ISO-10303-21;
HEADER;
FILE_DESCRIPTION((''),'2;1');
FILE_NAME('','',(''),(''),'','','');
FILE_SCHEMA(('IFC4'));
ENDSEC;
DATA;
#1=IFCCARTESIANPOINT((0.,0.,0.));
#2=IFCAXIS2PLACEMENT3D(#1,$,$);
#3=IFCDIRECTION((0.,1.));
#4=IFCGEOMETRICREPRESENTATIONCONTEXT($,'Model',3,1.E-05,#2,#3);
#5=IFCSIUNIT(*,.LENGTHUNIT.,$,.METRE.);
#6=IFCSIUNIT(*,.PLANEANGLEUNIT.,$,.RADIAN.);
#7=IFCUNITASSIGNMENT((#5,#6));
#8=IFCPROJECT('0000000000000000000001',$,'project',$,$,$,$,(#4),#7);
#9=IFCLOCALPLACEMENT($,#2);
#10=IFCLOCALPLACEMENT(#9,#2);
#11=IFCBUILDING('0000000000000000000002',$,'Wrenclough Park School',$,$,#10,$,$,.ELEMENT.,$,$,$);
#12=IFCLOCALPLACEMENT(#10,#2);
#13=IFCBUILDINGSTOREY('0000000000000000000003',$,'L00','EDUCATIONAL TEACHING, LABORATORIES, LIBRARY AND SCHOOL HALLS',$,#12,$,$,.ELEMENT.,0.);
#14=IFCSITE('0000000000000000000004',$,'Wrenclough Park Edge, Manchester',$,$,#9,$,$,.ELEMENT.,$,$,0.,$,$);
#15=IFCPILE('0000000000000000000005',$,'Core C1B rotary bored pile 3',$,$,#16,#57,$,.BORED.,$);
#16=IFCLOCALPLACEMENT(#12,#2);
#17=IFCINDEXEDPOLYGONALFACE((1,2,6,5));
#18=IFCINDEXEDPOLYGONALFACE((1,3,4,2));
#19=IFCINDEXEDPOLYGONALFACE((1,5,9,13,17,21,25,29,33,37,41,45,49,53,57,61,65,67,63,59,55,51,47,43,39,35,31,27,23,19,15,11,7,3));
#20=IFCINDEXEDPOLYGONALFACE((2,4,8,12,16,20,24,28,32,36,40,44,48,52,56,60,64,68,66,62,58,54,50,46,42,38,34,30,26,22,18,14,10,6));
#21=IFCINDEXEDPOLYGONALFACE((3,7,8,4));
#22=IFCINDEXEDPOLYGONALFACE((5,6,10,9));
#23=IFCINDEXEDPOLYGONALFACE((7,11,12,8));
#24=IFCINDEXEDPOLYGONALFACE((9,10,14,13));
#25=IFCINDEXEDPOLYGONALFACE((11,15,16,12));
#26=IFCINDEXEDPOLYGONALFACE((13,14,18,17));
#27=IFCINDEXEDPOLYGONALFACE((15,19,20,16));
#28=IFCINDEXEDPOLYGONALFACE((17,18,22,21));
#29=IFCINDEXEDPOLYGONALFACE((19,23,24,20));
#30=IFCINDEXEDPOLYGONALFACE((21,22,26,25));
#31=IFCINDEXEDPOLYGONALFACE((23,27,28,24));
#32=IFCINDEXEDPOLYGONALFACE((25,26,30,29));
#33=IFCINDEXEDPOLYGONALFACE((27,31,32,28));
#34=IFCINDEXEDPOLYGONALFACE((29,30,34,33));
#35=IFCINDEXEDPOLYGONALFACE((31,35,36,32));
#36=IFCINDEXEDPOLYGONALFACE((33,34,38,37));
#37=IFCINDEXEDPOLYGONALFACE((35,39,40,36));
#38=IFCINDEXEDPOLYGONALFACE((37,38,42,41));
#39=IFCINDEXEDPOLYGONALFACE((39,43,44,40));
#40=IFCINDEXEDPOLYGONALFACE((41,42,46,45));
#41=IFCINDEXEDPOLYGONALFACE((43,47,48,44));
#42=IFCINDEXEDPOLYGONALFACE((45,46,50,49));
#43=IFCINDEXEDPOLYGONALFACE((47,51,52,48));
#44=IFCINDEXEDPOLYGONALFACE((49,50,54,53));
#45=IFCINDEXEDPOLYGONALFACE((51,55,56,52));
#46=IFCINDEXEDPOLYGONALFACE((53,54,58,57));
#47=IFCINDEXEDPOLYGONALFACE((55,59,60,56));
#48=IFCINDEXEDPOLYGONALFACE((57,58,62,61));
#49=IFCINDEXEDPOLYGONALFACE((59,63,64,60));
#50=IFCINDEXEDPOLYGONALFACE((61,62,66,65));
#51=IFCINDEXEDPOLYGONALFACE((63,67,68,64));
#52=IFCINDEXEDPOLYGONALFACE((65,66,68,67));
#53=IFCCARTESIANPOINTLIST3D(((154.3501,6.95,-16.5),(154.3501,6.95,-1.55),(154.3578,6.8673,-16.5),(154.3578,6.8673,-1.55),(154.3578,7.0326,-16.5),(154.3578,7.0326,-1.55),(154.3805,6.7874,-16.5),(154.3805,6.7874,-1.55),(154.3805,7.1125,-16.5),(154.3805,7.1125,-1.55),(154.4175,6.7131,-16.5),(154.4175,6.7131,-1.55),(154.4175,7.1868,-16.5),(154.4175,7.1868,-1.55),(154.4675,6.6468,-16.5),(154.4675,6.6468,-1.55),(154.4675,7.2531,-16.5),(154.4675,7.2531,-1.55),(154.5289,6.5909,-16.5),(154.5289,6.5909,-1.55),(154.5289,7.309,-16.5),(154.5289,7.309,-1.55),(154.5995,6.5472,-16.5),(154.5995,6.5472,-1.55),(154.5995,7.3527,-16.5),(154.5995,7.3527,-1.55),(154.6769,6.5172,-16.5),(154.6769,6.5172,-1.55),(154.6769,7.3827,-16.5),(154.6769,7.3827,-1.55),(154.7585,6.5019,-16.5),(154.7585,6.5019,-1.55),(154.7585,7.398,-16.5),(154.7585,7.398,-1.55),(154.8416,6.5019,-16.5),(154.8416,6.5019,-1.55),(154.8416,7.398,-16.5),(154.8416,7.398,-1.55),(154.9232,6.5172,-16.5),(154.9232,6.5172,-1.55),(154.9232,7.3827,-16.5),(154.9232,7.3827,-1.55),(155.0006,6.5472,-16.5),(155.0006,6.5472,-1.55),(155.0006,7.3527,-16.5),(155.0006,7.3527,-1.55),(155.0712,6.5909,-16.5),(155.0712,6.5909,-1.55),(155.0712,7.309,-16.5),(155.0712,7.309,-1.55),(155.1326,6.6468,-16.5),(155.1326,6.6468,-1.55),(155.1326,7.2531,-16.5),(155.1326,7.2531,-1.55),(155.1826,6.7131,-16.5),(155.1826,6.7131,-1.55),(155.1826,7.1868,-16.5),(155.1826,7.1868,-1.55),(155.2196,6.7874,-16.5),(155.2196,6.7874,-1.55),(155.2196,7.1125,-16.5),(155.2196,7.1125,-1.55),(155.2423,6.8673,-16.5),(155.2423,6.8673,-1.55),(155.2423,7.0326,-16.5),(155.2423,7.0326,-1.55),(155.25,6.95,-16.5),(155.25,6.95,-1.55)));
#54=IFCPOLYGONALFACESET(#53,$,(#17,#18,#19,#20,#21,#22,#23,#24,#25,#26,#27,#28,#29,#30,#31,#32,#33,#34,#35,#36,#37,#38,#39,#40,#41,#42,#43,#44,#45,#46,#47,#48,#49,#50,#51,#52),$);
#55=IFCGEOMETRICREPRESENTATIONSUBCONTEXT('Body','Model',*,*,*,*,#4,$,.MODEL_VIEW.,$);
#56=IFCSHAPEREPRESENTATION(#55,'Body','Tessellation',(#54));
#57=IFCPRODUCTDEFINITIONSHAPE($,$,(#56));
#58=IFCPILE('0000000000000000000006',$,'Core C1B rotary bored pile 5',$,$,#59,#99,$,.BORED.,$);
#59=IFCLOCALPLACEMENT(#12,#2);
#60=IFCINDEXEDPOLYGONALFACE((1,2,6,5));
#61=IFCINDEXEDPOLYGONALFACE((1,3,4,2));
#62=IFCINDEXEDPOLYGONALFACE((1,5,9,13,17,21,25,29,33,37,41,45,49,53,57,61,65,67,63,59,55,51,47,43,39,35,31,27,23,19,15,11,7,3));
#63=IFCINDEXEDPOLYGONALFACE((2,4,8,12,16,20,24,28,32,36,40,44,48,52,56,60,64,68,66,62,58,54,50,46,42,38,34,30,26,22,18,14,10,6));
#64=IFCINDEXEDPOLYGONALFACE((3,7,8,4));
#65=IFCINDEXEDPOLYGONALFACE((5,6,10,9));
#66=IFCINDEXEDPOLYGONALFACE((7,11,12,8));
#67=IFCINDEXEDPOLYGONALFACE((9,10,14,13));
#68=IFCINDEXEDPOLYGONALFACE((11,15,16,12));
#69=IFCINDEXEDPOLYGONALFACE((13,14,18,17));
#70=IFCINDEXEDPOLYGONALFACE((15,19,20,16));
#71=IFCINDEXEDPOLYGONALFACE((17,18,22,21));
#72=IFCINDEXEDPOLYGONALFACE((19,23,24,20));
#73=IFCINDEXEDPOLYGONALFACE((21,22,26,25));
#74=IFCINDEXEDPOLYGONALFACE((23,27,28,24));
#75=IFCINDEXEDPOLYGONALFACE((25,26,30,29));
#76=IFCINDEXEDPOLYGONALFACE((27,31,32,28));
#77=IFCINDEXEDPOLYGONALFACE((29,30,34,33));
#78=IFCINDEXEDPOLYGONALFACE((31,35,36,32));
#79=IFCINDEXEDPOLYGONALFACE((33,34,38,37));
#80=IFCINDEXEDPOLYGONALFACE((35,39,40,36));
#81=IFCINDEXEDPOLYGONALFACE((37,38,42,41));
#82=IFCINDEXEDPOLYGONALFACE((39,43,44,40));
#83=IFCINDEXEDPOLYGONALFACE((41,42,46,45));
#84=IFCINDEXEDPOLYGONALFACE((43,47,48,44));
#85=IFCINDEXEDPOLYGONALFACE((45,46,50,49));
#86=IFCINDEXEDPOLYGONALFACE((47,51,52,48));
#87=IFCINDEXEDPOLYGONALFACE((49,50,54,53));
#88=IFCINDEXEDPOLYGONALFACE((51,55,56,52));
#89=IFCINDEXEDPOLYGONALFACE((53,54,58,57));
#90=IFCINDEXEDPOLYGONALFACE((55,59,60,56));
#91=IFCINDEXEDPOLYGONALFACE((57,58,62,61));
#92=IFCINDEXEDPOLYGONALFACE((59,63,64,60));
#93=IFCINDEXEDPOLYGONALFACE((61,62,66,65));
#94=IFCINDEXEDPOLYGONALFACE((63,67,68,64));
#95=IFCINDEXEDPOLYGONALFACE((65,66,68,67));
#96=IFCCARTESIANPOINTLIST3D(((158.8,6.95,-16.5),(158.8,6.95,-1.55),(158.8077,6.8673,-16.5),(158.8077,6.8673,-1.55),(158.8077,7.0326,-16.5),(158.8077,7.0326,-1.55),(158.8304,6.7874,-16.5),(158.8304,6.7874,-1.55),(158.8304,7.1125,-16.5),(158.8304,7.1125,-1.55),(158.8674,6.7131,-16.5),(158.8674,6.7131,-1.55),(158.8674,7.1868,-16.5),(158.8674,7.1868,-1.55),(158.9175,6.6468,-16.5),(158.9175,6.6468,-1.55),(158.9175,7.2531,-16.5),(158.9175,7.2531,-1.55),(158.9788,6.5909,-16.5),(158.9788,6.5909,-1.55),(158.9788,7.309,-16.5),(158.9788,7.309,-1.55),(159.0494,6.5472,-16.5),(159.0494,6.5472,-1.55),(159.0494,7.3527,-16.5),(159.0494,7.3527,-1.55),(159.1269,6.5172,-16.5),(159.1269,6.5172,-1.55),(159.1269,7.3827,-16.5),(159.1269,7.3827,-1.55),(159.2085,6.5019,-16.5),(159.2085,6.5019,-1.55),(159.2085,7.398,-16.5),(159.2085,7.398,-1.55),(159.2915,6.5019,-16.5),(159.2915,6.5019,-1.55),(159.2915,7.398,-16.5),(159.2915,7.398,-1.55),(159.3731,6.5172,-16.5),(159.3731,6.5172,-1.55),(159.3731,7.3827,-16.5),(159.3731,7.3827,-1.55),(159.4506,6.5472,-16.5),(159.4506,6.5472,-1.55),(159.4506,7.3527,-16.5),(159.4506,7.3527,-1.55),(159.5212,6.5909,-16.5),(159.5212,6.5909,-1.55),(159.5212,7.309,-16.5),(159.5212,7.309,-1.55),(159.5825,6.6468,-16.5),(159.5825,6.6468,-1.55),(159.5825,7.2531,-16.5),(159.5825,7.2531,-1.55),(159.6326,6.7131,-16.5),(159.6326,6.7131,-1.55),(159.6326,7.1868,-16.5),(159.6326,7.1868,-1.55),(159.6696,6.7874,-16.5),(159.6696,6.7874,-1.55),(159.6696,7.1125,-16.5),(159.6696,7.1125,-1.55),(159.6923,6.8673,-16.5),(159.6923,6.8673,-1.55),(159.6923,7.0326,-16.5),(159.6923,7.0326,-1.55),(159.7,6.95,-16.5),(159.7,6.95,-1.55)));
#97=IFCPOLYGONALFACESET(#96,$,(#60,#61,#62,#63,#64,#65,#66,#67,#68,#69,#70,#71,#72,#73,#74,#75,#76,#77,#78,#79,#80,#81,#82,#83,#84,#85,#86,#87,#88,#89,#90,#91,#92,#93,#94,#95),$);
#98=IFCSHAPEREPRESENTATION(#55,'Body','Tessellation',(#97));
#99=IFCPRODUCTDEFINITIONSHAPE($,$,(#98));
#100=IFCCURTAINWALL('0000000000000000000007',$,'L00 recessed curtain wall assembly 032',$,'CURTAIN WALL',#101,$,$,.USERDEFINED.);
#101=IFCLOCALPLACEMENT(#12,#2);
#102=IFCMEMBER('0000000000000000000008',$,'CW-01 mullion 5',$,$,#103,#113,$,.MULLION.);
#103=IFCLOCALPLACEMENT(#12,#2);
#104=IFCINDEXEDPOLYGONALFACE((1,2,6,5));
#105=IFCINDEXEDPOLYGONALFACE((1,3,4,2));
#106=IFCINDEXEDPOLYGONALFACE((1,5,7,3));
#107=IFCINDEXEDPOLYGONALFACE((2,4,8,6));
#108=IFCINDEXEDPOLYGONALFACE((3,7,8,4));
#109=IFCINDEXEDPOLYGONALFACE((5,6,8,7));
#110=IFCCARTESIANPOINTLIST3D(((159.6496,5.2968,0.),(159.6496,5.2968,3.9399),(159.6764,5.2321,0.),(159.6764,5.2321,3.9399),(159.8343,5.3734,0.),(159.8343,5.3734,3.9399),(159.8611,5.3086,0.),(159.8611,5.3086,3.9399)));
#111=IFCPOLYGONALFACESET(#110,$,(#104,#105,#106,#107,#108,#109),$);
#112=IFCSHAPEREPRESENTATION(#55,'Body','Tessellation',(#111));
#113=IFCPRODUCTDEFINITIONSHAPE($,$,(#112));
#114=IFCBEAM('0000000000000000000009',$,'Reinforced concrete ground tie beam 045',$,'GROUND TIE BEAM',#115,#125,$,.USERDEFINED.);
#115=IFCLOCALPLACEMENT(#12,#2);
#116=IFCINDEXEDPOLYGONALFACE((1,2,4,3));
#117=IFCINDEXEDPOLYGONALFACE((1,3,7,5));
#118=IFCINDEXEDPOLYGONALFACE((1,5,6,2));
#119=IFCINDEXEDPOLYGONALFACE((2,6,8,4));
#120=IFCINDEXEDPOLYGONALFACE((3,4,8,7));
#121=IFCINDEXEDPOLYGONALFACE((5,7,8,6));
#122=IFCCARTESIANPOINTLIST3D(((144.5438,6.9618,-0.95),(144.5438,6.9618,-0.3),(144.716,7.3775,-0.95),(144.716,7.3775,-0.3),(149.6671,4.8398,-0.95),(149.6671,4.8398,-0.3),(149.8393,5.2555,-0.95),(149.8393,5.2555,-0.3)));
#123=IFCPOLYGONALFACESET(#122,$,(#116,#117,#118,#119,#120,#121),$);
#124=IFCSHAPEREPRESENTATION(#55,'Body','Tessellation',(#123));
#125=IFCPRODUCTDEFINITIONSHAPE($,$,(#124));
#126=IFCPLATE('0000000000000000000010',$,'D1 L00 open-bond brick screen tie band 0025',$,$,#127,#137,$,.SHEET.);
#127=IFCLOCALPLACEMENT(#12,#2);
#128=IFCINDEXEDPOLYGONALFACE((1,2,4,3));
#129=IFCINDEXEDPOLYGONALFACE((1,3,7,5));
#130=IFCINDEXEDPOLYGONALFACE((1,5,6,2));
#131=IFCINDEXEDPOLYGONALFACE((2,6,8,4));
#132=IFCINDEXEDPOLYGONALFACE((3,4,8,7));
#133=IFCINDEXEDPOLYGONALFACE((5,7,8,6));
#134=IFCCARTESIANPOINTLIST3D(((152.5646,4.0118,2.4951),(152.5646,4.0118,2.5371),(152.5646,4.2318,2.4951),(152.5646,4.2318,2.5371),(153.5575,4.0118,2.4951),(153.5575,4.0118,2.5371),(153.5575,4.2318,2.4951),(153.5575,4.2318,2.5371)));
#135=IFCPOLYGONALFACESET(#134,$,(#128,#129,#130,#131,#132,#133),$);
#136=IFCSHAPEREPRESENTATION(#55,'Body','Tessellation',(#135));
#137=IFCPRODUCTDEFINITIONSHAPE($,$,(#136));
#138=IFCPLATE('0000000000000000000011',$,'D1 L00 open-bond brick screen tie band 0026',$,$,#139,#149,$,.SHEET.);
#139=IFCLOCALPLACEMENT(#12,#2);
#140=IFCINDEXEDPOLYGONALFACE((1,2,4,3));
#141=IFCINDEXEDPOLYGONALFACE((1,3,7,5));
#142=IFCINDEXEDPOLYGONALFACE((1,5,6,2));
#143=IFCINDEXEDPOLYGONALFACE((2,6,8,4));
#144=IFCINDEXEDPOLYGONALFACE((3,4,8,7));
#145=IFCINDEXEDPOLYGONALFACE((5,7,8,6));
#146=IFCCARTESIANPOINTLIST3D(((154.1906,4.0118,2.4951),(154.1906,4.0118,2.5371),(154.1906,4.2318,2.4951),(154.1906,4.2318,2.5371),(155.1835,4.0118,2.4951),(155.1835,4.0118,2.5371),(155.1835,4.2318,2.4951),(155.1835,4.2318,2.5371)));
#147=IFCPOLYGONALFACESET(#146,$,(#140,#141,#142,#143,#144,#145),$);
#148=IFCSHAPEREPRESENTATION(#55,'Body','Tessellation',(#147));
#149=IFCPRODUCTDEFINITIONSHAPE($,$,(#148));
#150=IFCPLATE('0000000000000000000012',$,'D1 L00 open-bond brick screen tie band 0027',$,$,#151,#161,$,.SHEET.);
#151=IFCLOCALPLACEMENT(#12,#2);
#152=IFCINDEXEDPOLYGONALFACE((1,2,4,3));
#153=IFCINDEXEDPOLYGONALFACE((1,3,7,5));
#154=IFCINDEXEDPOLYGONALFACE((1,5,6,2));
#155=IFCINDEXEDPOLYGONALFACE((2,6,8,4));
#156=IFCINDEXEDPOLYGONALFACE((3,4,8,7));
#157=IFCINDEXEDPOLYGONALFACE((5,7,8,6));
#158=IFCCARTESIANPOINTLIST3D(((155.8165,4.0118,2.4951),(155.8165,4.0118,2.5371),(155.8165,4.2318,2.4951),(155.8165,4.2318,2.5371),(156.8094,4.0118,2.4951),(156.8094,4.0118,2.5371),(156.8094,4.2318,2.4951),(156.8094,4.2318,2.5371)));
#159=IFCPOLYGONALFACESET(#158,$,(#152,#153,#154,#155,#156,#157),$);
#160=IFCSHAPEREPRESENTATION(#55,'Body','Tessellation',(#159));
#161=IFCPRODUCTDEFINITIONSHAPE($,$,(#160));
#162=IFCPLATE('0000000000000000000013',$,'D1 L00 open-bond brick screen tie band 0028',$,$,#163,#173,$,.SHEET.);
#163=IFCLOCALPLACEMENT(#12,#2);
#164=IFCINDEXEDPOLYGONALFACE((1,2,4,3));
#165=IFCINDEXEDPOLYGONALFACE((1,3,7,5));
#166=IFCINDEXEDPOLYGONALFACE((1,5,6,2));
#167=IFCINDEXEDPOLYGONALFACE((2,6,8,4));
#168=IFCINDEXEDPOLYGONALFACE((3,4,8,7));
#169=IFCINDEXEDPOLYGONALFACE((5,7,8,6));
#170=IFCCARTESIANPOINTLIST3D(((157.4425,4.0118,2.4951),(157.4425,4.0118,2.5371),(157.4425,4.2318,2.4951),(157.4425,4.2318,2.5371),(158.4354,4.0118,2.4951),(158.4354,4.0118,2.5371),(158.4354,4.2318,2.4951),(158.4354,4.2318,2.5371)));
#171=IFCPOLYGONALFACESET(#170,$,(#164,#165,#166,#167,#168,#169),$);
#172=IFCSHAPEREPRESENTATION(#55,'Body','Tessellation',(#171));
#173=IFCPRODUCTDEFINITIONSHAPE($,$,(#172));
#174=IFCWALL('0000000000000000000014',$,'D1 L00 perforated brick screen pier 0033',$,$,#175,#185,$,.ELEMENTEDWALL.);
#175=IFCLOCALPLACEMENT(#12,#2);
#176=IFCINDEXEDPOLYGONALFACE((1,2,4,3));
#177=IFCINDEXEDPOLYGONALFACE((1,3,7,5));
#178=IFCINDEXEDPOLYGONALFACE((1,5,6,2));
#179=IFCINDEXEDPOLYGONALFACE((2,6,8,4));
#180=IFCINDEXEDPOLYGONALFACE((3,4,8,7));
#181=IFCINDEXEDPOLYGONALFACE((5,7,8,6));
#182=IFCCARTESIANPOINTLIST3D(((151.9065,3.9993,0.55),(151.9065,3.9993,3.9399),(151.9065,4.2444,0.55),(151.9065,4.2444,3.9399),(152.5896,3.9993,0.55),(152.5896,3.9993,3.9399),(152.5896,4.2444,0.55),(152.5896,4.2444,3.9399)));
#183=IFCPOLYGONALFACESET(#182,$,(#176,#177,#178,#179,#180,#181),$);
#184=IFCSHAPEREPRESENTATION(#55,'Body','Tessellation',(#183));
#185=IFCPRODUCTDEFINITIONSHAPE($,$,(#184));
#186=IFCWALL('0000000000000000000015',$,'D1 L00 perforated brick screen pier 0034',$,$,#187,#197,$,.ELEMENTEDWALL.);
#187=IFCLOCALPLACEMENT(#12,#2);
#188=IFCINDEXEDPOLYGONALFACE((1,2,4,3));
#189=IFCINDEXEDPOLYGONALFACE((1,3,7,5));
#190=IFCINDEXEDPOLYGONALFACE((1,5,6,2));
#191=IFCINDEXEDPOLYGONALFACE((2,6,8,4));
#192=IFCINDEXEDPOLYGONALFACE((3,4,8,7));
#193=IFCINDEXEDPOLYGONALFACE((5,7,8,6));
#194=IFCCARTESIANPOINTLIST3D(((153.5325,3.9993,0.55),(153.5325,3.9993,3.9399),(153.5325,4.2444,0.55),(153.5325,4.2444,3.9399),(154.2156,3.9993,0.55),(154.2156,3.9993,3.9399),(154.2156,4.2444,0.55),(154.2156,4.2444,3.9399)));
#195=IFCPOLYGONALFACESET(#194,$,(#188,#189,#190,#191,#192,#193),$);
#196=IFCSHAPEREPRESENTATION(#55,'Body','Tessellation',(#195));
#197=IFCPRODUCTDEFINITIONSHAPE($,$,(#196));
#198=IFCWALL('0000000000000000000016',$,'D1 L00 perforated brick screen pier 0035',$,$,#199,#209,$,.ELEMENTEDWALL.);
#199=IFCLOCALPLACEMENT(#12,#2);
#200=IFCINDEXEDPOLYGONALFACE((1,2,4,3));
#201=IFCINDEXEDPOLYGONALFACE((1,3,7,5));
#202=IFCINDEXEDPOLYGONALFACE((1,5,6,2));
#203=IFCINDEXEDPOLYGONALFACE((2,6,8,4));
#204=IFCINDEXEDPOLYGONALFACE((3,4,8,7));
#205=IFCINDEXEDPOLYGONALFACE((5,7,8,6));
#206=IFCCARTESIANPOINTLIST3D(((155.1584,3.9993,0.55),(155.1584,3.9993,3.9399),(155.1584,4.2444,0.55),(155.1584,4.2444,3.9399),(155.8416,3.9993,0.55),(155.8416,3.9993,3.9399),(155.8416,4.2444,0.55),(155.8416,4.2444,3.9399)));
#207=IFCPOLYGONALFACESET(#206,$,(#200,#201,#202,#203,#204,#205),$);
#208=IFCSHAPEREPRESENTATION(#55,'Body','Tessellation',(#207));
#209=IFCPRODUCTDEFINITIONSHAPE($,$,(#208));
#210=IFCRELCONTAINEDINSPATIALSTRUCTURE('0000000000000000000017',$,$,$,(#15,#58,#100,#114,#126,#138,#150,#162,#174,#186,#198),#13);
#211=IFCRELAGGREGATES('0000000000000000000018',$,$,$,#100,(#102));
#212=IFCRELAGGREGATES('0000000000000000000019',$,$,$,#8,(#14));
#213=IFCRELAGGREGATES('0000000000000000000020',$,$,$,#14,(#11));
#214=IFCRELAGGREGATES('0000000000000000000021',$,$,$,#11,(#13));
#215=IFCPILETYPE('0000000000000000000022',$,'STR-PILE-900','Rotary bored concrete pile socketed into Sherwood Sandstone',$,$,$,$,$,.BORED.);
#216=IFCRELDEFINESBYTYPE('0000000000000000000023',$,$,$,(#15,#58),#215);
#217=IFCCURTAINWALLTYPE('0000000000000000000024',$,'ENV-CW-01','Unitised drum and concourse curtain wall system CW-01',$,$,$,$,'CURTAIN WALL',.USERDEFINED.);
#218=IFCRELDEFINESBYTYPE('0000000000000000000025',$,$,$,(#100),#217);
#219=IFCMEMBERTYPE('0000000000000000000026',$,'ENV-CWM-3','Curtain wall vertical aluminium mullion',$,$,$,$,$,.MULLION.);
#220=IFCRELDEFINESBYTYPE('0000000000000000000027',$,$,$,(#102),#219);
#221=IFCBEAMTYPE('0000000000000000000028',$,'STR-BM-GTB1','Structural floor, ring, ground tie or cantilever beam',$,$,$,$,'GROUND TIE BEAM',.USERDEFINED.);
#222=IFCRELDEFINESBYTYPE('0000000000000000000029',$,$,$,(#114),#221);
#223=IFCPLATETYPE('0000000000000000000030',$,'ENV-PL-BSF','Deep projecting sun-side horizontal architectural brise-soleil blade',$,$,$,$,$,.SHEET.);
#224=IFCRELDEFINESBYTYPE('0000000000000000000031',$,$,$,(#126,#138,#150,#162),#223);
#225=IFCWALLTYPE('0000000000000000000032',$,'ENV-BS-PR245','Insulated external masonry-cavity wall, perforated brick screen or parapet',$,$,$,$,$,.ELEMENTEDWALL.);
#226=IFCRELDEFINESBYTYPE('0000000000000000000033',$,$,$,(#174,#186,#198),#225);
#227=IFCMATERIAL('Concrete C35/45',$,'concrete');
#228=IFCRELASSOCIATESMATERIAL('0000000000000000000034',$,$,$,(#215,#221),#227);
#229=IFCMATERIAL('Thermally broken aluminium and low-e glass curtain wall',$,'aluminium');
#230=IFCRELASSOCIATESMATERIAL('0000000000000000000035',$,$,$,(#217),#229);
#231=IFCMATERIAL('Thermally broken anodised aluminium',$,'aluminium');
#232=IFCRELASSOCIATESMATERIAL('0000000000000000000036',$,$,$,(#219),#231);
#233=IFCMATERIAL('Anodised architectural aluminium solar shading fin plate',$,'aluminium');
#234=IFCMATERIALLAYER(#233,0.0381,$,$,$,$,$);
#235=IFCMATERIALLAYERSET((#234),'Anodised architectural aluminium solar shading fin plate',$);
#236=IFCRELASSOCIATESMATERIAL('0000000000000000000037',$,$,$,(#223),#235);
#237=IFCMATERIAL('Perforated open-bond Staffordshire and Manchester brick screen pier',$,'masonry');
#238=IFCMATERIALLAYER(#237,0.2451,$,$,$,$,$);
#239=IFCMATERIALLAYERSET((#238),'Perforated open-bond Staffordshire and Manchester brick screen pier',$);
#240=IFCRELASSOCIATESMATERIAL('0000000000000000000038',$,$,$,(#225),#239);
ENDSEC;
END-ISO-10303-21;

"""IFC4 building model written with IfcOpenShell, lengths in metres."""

from ifc_helpers import new_model, si_unit, direction, frame, frame_2d, origin, origin_2d, place, context, subcontext, project, spatial, rectangle, circle, extrude, material, layer, layer_set, material_profile, profile_set, type_object, element, aggregate, save


model = new_model("IFC4")

# Units and contexts
model_context = context("Model", 3, precision=1e-05, world=origin(), true_north=direction((0.0, 1.0)))
body_context = subcontext(model_context, "Body", "Model", "MODEL_VIEW")
ifc_project = project(units=[si_unit("LENGTHUNIT", "METRE"), si_unit("PLANEANGLEUNIT", "RADIAN")], contexts=[model_context])

# Site, building, storey
site_placement = place(None, origin())
site = spatial("IfcSite", under=ifc_project, at=site_placement, Name="Wrenclough Park Edge, Manchester", CompositionType="ELEMENT", RefElevation=0.0)
building_placement = place(site_placement, origin())
building = spatial("IfcBuilding", under=site, at=building_placement, Name="Wrenclough Park School", CompositionType="ELEMENT")
storey_placement = place(building_placement, origin())
storey = spatial("IfcBuildingStorey", under=building, at=storey_placement, Name="L00", Description="EDUCATIONAL TEACHING, LABORATORIES, LIBRARY AND SCHOOL HALLS", CompositionType="ELEMENT", Elevation=0.0)

# Shared definitions
ifc_material_1 = material(Name="Concrete C35/45", Category="concrete")

# Piles
ifc_material_profile_1 = material_profile(ifc_material_1, circle(Radius=0.45, at=origin_2d()), Name="BORED PILE D900")
ifc_profile_set_1 = profile_set([ifc_material_profile_1], Name="Concrete C35/45")
pile_type_1 = type_object("IfcPileType", Name="STR-PILE-900", Description="Rotary bored concrete pile socketed into Sherwood Sandstone", PredefinedType="BORED", material=ifc_profile_set_1)
for number, where, z_axis, x_axis, name in (
    (1, (154.8, 6.95, -1.55), (0.0, 0.0, -1.0), (1.0, 0.0, 0.0), "Core C1B rotary bored pile 3"),
    (2, (159.25, 6.95, -1.55), (0.0, 0.0, -1.0), (1.0, 0.0, 0.0), "Core C1B rotary bored pile 5"),
):
    element("IfcPile", number, at=place(storey_placement, frame(where, z_axis=z_axis, x_axis=x_axis)), inside=storey, type_object=pile_type_1, Name=name, PredefinedType="BORED", context=body_context, shape_type="SweptSolid", body=[
        extrude(circle(Radius=0.45, at=origin_2d()), origin(), (0.0, 0.0, 1.0), 14.95),
    ])

# Curtain wall, member
ifc_material_2 = material(Name="Thermally broken aluminium and low-e glass curtain wall", Category="aluminium")
curtain_wall_type = type_object("IfcCurtainWallType", Name="ENV-CW-01", Description="Unitised drum and concourse curtain wall system CW-01", ElementType="CURTAIN WALL", PredefinedType="USERDEFINED", material=ifc_material_2)
curtain_wall_placement = place(storey_placement, origin())
curtain_wall = element("IfcCurtainWall", 3, at=curtain_wall_placement, inside=storey, type_object=curtain_wall_type, Name="L00 recessed curtain wall assembly 032", ObjectType="CURTAIN WALL", PredefinedType="USERDEFINED")
ifc_material_3 = material(Name="Thermally broken anodised aluminium", Category="aluminium")
ifc_material_profile_2 = material_profile(ifc_material_3, rectangle(XDim=0.0701, YDim=0.2, at=origin_2d()), Name="AL MULLION 70x200")
ifc_profile_set_2 = profile_set([ifc_material_profile_2], Name="Thermally broken anodised aluminium")
member_type = type_object("IfcMemberType", Name="ENV-CWM-3", Description="Curtain wall vertical aluminium mullion", PredefinedType="MULLION", material=ifc_profile_set_2)
member_placement = place(storey_placement, frame((159.7554, 5.3027, 0.0), z_axis=(0.0, 0.0, 1.0), x_axis=(0.382687, -0.923878, 0.0)))
member = element("IfcMember", 4, at=member_placement, type_object=member_type, Name="CW-01 mullion 5", PredefinedType="MULLION", context=body_context, shape_type="SweptSolid", body=[
    extrude(rectangle(XDim=0.0701, YDim=0.2, at=origin_2d()), origin(), (0.0, 0.0, 1.0), 3.9399),
])
aggregate(curtain_wall, [member])

# Beam
ifc_material_profile_3 = material_profile(ifc_material_1, rectangle(XDim=0.45, YDim=0.6499, at=origin_2d()), Name="RC GROUND 450x650")
ifc_profile_set_3 = profile_set([ifc_material_profile_3], Name="Concrete C35/45")
beam_type = type_object("IfcBeamType", Name="STR-BM-GTB1", Description="Structural floor, ring, ground tie or cantilever beam", ElementType="GROUND TIE BEAM", PredefinedType="USERDEFINED", material=ifc_profile_set_3)
beam_placement = place(storey_placement, frame((149.7532, 5.0476, -0.625), z_axis=(-0.923884, 0.382673, 0.0), x_axis=(-0.382673, -0.923884, 0.0)))
element("IfcBeam", 5, at=beam_placement, inside=storey, type_object=beam_type, Name="Reinforced concrete ground tie beam 045", ObjectType="GROUND TIE BEAM", PredefinedType="USERDEFINED", context=body_context, shape_type="SweptSolid", body=[
    extrude(rectangle(XDim=0.45, YDim=0.6499, at=origin_2d()), origin(), (0.0, 0.0, 1.0), 5.5454),
])

# Plates
ifc_material_4 = material(Name="Anodised architectural aluminium solar shading fin plate", Category="aluminium")
ifc_layer_1 = layer(ifc_material_4, 0.0381)
ifc_layer_set_1 = layer_set([ifc_layer_1], Name="Anodised architectural aluminium solar shading fin plate")
plate_type = type_object("IfcPlateType", Name="ENV-PL-BSF", Description="Deep projecting sun-side horizontal architectural brise-soleil blade", PredefinedType="SHEET", material=ifc_layer_set_1)
for number, where, z_axis, x_axis, name in (
    (6, (153.061, 4.1218, 2.4951), (0.0, 0.0, 1.0), (1.0, 0.0, 0.0), "D1 L00 open-bond brick screen tie band 0025"),
    (7, (154.687, 4.1218, 2.4951), (0.0, 0.0, 1.0), (1.0, 0.0, 0.0), "D1 L00 open-bond brick screen tie band 0026"),
    (8, (156.313, 4.1218, 2.4951), (0.0, 0.0, 1.0), (1.0, 0.0, 0.0), "D1 L00 open-bond brick screen tie band 0027"),
    (9, (157.939, 4.1218, 2.4951), (0.0, 0.0, 1.0), (1.0, 0.0, 0.0), "D1 L00 open-bond brick screen tie band 0028"),
):
    element("IfcPlate", number, at=place(storey_placement, frame(where, z_axis=z_axis, x_axis=x_axis)), inside=storey, type_object=plate_type, Name=name, PredefinedType="SHEET", context=body_context, shape_type="SweptSolid", body=[
        extrude(rectangle(XDim=0.9929, YDim=0.22, at=origin_2d()), origin(), (0.0, 0.0, 1.0), 0.042),
    ])

# Walls
ifc_material_5 = material(Name="Perforated open-bond Staffordshire and Manchester brick screen pier", Category="masonry")
ifc_layer_2 = layer(ifc_material_5, 0.2451)
ifc_layer_set_2 = layer_set([ifc_layer_2], Name="Perforated open-bond Staffordshire and Manchester brick screen pier")
wall_type_1 = type_object("IfcWallType", Name="ENV-BS-PR245", Description="Insulated external masonry-cavity wall, perforated brick screen or parapet", PredefinedType="ELEMENTEDWALL", material=ifc_layer_set_2)
for number, where, z_axis, x_axis, name in (
    (10, (151.9065, 4.1218, 0.55), (0.0, 0.0, 1.0), (1.0, 0.0, 0.0), "D1 L00 perforated brick screen pier 0033"),
    (11, (153.5325, 4.1218, 0.55), (0.0, 0.0, 1.0), (1.0, 0.0, 0.0), "D1 L00 perforated brick screen pier 0034"),
    (12, (155.1584, 4.1218, 0.55), (0.0, 0.0, 1.0), (1.0, 0.0, 0.0), "D1 L00 perforated brick screen pier 0035"),
):
    element("IfcWall", number, at=place(storey_placement, frame(where, z_axis=z_axis, x_axis=x_axis)), inside=storey, type_object=wall_type_1, Name=name, PredefinedType="ELEMENTEDWALL", context=body_context, shape_type="SweptSolid", body=[
        extrude(rectangle(XDim=0.6831, YDim=0.2451, at=frame_2d((0.3416, 0.0))), origin(), (0.0, 0.0, 1.0), 3.3899),
    ])

save(model, "model.ifc")
